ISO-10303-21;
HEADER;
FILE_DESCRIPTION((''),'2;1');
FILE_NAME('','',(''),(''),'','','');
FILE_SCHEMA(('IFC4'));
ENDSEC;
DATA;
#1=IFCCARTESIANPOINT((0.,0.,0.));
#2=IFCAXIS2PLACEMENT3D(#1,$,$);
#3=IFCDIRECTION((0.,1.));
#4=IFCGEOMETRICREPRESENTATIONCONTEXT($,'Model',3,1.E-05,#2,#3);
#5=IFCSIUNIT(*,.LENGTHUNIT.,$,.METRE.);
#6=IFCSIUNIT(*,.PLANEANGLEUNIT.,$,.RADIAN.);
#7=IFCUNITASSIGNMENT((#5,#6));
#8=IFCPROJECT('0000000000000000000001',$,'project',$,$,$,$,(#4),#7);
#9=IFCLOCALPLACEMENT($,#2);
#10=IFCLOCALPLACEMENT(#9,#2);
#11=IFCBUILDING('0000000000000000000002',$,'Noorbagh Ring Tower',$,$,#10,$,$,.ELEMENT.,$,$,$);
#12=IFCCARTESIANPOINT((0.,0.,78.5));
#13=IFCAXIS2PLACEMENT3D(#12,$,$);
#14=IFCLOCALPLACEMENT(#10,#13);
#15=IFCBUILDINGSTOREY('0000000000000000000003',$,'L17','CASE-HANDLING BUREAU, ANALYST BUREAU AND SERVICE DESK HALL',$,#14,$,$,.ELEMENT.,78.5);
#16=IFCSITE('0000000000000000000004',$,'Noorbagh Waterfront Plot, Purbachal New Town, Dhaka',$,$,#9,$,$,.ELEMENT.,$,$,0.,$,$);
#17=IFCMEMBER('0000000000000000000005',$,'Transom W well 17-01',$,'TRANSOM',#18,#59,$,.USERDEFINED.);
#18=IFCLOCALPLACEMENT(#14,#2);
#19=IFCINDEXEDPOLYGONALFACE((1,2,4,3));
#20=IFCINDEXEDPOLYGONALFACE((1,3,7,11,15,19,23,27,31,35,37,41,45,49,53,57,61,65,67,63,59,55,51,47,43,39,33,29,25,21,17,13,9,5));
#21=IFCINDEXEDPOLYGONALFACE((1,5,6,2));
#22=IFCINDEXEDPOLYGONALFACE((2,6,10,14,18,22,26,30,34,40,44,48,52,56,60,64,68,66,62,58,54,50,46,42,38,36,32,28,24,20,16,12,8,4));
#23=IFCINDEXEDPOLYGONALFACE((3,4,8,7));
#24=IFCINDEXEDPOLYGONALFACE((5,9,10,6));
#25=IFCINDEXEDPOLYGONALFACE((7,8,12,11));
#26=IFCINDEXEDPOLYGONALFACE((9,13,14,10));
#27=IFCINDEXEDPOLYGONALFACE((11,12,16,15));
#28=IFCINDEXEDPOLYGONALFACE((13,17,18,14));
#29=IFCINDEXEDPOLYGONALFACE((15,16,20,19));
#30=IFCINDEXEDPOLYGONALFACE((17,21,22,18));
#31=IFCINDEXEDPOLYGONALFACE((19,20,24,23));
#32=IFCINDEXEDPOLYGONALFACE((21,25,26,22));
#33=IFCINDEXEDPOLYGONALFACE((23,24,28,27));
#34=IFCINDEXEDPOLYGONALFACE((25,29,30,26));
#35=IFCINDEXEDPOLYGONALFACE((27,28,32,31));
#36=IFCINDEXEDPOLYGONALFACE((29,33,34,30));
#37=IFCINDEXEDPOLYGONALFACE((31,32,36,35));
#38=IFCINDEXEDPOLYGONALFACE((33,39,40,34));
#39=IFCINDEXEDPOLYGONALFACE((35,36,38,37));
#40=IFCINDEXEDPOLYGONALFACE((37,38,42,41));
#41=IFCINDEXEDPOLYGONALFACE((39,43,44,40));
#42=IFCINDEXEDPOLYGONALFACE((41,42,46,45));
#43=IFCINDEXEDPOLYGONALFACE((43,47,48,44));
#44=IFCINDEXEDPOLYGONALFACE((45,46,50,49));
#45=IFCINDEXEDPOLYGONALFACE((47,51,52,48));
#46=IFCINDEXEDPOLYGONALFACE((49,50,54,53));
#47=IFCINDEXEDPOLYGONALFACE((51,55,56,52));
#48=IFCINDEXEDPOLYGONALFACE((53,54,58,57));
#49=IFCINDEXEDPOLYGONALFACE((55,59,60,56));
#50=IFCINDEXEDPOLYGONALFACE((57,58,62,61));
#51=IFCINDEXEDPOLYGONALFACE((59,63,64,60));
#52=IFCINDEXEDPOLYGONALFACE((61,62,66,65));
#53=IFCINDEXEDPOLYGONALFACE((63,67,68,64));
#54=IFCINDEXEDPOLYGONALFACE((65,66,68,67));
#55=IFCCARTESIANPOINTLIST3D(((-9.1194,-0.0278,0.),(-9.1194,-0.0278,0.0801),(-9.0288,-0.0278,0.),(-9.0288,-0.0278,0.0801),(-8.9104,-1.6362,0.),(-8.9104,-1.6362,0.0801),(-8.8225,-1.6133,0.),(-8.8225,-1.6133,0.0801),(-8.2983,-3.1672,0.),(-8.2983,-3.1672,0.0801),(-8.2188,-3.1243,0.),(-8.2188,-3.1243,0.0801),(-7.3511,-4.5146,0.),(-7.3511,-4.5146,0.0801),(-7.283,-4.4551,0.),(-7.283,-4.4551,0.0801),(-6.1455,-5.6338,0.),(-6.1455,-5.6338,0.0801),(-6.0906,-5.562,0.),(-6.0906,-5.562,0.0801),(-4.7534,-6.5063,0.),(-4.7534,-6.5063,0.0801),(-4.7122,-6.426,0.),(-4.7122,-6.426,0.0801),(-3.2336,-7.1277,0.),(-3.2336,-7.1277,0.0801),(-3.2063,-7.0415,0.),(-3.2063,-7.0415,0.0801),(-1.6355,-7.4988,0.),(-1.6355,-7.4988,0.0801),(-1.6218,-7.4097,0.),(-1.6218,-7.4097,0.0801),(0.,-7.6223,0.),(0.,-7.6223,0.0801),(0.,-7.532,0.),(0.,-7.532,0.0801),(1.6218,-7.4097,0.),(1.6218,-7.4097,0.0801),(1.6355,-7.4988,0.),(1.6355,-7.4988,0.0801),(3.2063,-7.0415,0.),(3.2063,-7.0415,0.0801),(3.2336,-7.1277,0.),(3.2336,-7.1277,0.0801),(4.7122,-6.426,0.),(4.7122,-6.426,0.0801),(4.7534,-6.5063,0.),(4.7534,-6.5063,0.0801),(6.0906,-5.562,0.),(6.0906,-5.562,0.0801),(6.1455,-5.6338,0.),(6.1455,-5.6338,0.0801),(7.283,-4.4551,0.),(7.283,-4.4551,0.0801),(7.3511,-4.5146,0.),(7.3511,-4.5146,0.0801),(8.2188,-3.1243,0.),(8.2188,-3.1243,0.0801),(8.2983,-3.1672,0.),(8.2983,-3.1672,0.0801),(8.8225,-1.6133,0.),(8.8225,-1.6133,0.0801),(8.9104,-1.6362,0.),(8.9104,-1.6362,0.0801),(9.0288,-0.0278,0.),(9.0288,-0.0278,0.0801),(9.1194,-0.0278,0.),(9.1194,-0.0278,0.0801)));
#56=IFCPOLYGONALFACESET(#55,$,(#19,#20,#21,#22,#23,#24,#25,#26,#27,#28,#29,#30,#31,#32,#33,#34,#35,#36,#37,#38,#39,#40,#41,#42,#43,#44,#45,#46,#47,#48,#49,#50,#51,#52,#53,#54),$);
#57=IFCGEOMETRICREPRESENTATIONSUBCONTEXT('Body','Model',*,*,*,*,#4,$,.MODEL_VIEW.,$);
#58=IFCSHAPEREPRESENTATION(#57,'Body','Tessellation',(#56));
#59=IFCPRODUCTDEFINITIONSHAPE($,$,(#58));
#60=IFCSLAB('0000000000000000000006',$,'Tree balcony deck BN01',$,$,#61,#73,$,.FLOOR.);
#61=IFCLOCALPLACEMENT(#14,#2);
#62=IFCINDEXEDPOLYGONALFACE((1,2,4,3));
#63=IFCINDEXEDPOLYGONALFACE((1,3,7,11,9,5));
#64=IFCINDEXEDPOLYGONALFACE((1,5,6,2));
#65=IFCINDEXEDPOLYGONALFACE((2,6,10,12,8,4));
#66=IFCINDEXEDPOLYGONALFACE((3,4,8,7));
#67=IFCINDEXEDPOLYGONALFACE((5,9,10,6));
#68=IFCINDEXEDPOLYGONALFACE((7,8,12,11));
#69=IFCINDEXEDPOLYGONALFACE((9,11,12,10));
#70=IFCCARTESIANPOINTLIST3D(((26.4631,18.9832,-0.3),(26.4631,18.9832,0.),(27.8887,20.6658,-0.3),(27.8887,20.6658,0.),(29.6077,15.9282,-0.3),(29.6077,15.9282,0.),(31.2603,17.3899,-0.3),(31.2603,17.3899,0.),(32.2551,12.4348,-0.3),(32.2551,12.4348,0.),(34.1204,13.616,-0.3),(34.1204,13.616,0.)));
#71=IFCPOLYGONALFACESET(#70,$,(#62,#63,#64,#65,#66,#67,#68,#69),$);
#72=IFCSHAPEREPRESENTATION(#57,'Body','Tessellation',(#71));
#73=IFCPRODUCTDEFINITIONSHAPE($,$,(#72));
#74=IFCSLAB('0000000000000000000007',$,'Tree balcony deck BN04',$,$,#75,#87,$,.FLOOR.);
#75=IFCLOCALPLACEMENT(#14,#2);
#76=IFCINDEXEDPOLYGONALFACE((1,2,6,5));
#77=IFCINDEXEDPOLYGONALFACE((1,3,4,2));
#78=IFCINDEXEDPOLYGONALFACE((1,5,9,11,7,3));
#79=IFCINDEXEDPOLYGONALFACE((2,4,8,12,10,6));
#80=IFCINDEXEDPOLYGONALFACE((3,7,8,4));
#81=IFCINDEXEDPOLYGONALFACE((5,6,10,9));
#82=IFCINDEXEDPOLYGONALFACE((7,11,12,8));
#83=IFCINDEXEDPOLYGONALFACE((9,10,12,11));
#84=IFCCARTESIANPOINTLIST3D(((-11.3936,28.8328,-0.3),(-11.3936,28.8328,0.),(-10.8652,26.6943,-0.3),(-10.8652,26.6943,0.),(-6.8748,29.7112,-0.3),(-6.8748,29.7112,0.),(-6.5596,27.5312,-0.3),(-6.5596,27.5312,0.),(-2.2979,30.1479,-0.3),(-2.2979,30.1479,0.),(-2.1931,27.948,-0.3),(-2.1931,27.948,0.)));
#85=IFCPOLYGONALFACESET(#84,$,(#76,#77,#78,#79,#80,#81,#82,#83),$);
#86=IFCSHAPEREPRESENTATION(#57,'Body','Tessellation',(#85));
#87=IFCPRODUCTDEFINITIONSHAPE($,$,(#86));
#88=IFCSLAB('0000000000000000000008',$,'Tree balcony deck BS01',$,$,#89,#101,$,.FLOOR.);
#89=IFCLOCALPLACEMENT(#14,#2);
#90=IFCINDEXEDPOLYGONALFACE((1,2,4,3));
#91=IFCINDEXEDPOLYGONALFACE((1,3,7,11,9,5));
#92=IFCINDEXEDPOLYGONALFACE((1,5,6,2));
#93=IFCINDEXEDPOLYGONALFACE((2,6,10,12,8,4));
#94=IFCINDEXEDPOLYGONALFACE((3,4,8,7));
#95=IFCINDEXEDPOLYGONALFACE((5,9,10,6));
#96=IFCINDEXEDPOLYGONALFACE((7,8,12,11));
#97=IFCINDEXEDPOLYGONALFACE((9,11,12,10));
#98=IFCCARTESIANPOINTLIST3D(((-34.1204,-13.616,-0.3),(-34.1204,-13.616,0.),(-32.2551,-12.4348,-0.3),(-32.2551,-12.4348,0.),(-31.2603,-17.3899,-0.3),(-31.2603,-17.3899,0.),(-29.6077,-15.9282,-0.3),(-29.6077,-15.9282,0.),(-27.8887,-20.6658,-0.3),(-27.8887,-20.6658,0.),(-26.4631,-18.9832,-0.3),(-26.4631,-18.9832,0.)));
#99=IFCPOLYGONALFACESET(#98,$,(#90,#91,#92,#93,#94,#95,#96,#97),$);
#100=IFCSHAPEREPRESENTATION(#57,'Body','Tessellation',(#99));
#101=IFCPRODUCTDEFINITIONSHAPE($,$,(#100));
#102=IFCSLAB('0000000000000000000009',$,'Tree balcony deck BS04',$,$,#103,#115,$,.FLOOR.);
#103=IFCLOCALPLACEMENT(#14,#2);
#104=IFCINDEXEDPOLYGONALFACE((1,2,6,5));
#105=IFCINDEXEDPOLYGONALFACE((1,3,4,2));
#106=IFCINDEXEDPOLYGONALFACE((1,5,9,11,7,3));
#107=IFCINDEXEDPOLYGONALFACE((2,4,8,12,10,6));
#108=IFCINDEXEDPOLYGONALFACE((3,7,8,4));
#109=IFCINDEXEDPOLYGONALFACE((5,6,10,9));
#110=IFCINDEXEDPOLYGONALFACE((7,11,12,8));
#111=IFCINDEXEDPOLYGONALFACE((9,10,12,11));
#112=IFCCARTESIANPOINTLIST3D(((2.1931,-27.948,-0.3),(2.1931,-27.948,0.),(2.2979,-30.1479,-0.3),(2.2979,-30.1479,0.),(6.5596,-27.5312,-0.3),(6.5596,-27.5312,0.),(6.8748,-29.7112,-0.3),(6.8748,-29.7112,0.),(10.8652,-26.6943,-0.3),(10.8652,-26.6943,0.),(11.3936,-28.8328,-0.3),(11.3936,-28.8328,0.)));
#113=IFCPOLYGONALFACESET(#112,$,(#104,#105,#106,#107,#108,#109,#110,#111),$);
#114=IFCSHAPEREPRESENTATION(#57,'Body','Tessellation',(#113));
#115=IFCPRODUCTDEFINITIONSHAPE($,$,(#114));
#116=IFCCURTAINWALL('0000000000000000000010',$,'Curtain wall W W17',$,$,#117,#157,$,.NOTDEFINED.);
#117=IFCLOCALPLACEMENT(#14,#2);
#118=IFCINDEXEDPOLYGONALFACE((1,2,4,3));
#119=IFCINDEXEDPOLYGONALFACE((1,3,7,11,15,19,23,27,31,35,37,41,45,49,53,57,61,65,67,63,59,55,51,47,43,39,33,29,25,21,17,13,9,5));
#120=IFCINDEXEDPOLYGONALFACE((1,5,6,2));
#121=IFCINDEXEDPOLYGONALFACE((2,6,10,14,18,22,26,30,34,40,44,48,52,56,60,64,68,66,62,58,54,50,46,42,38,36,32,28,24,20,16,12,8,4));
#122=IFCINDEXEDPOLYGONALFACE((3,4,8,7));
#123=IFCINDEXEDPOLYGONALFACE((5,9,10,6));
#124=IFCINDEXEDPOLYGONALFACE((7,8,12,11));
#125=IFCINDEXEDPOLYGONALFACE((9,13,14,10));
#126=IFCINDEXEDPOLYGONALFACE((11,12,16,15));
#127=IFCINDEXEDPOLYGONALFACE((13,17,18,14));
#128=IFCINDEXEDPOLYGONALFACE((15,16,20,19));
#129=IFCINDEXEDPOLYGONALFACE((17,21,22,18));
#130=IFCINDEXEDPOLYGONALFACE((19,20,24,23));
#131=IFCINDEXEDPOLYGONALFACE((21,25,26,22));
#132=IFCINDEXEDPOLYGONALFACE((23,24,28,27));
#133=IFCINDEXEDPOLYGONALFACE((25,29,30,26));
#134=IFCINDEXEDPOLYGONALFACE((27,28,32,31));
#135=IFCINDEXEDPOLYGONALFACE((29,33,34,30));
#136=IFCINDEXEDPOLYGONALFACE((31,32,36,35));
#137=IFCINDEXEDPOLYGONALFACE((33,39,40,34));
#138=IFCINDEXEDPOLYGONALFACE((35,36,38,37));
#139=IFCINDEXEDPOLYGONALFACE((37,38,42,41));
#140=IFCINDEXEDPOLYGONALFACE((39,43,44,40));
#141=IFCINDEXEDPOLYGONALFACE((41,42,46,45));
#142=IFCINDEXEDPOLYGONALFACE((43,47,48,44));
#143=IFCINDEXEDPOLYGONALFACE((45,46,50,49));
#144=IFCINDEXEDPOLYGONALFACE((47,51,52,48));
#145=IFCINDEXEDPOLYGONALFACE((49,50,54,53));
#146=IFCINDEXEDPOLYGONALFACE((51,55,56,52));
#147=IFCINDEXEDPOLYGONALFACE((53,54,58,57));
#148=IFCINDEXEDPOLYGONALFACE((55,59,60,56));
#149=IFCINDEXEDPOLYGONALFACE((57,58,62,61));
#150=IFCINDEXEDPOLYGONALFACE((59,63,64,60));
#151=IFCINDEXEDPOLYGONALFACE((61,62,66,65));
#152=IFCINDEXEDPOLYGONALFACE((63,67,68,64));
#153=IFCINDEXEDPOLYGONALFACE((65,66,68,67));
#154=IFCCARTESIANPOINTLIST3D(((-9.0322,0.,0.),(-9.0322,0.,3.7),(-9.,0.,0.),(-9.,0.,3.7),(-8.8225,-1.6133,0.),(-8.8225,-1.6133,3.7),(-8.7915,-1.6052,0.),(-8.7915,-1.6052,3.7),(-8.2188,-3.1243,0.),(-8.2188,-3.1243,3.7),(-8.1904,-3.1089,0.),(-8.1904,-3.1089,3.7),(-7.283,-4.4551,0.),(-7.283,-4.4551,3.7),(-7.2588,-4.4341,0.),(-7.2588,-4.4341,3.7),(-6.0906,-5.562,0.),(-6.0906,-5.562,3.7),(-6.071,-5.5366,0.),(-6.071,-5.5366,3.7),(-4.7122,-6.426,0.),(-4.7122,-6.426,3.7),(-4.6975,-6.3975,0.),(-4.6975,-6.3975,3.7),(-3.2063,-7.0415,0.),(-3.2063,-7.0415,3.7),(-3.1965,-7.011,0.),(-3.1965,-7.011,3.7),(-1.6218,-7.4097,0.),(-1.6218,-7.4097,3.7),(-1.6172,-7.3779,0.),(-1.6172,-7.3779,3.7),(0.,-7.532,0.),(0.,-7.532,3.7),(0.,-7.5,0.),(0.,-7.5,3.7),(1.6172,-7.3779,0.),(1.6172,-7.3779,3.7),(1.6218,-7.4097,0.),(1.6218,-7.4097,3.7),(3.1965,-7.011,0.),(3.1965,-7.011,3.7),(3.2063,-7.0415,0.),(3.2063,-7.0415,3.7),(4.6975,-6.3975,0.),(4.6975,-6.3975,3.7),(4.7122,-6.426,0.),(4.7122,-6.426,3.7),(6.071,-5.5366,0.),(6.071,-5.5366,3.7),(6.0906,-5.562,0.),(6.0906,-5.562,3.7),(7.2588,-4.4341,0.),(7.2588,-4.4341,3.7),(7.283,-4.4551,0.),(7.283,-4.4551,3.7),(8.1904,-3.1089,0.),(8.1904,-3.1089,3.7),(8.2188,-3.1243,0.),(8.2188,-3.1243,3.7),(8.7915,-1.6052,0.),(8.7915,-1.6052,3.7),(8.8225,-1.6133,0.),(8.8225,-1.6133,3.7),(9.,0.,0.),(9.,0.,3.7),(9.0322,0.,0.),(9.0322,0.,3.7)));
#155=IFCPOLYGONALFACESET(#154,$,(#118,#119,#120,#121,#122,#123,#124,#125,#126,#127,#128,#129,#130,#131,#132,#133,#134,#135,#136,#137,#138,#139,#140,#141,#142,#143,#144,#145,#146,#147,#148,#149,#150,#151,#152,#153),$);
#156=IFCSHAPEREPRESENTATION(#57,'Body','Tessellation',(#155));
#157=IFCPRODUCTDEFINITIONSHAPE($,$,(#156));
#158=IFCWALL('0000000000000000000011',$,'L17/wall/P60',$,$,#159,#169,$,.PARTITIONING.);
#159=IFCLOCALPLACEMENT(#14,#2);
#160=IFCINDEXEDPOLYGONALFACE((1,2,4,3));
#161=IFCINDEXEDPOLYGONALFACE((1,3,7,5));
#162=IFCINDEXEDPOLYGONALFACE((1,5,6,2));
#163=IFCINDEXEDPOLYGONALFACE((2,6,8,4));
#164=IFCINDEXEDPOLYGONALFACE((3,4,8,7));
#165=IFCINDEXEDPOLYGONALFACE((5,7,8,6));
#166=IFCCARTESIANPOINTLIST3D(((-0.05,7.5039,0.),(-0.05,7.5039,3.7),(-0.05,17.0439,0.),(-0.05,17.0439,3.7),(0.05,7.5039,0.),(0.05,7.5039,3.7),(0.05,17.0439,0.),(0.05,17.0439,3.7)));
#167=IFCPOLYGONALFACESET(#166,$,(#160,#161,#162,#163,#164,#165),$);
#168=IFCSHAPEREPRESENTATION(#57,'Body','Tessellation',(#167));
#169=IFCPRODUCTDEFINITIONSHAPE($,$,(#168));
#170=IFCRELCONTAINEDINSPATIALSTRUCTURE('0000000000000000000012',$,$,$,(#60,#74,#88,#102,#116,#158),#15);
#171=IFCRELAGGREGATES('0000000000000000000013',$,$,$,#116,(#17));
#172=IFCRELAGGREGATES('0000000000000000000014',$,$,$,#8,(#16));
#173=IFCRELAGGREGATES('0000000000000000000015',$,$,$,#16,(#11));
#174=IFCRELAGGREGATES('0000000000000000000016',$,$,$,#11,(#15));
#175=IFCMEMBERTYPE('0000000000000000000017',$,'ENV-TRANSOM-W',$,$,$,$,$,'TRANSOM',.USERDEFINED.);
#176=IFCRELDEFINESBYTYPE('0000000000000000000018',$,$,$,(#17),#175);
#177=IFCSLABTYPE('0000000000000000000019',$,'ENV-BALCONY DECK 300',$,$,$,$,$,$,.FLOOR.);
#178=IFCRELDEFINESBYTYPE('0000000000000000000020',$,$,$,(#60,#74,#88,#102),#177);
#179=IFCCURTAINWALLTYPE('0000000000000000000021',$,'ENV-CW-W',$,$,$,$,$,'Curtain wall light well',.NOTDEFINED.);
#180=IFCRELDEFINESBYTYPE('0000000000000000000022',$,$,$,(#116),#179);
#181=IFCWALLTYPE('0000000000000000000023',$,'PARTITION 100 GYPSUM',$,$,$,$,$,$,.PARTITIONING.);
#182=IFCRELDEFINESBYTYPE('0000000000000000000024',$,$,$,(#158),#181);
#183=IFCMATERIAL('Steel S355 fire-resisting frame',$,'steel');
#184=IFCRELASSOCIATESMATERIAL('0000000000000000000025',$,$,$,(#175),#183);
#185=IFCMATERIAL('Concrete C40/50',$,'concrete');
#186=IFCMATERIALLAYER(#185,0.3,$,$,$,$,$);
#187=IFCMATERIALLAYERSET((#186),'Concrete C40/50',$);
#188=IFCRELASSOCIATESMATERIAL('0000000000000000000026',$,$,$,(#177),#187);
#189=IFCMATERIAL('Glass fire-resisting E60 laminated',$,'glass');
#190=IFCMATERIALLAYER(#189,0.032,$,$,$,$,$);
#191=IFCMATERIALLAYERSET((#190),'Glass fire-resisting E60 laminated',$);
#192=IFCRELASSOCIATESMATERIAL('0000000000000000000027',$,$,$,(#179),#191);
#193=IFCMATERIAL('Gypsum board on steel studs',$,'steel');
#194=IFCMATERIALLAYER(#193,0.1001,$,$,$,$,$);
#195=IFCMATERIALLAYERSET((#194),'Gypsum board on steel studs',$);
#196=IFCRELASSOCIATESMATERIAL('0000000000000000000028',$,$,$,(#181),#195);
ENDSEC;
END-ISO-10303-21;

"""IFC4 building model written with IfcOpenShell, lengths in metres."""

from ifc_helpers import new_model, si_unit, direction, frame, frame_2d, origin, place, context, subcontext, project, spatial, polyline, rectangle, outline, extrude, material, layer, layer_set, type_object, element, aggregate, save


model = new_model("IFC4")

# Units and contexts
model_context = context("Model", 3, precision=1e-05, world=origin(), true_north=direction((0.0, 1.0)))
body_context = subcontext(model_context, "Body", "Model", "MODEL_VIEW")
ifc_project = project(units=[si_unit("LENGTHUNIT", "METRE"), si_unit("PLANEANGLEUNIT", "RADIAN")], contexts=[model_context])

# Member
site_placement = place(None, origin())
building_placement = place(site_placement, origin())
storey_placement = place(building_placement, frame((0.0, 0.0, 78.5)))
ifc_material_1 = material(Name="Steel S355 fire-resisting frame", Category="steel")
member_type_1 = type_object("IfcMemberType", Name="ENV-TRANSOM-W", ElementType="TRANSOM", PredefinedType="USERDEFINED", material=ifc_material_1)
member_1_placement = place(storey_placement, origin())
member_1 = element("IfcMember", 1, at=member_1_placement, type_object=member_type_1, Name="Transom W well 17-01", ObjectType="TRANSOM", PredefinedType="USERDEFINED", context=body_context, shape_type="SweptSolid", body=[
    extrude(outline(polyline([(-9.1194, -0.0278), (-8.9104, -1.6362), (-8.2983, -3.1672), (-7.3511, -4.5146), (-6.1455, -5.6338), (-4.7534, -6.5063), (-3.2336, -7.1277), (-1.6355, -7.4988), (0.0, -7.6223), (1.6355, -7.4988), (3.2336, -7.1277), (4.7534, -6.5063), (6.1455, -5.6338), (7.3511, -4.5146), (8.2983, -3.1672), (8.9104, -1.6362), (9.1194, -0.0278), (9.0288, -0.0278), (8.8225, -1.6133), (8.2188, -3.1243), (7.283, -4.4551), (6.0906, -5.562), (4.7122, -6.426), (3.2063, -7.0415), (1.6218, -7.4097), (0.0, -7.532), (-1.6218, -7.4097), (-3.2063, -7.0415), (-4.7122, -6.426), (-6.0906, -5.562), (-7.283, -4.4551), (-8.2188, -3.1243), (-8.8225, -1.6133), (-9.0288, -0.0278), (-9.1194, -0.0278)])), origin(), (0.0, 0.0, 1.0), 0.0801),
])

# Site, building, storey
site = spatial("IfcSite", under=ifc_project, at=site_placement, Name="Noorbagh Waterfront Plot, Purbachal New Town, Dhaka", CompositionType="ELEMENT", RefElevation=0.0)
building = spatial("IfcBuilding", under=site, at=building_placement, Name="Noorbagh Ring Tower", CompositionType="ELEMENT")
storey = spatial("IfcBuildingStorey", under=building, at=storey_placement, Name="L17", Description="CASE-HANDLING BUREAU, ANALYST BUREAU AND SERVICE DESK HALL", CompositionType="ELEMENT", Elevation=78.5)

# Slabs
ifc_material_2 = material(Name="Concrete C40/50", Category="concrete")
ifc_layer_1 = layer(ifc_material_2, 0.3)
ifc_layer_set_1 = layer_set([ifc_layer_1], Name="Concrete C40/50")
slab_type = type_object("IfcSlabType", Name="ENV-BALCONY DECK 300", PredefinedType="FLOOR", material=ifc_layer_set_1)
slab_1_placement = place(storey_placement, frame((0.0, 0.0, -0.3)))
element("IfcSlab", 2, at=slab_1_placement, inside=storey, type_object=slab_type, Name="Tree balcony deck BN01", PredefinedType="FLOOR", context=body_context, shape_type="SweptSolid", body=[
    extrude(outline(polyline([(34.1204, 13.616), (31.2603, 17.3899), (27.8887, 20.6658), (26.4631, 18.9832), (29.6077, 15.9282), (32.2551, 12.4348), (34.1204, 13.616)])), origin(), (0.0, 0.0, 1.0), 0.3),
])
slab_2_placement = place(storey_placement, frame((0.0, 0.0, -0.3)))
element("IfcSlab", 3, at=slab_2_placement, inside=storey, type_object=slab_type, Name="Tree balcony deck BN04", PredefinedType="FLOOR", context=body_context, shape_type="SweptSolid", body=[
    extrude(outline(polyline([(-2.2979, 30.1479), (-6.8748, 29.7112), (-11.3936, 28.8328), (-10.8652, 26.6943), (-6.5596, 27.5312), (-2.1931, 27.948), (-2.2979, 30.1479)])), origin(), (0.0, 0.0, 1.0), 0.3),
])
slab_3_placement = place(storey_placement, frame((0.0, 0.0, -0.3)))
element("IfcSlab", 4, at=slab_3_placement, inside=storey, type_object=slab_type, Name="Tree balcony deck BS01", PredefinedType="FLOOR", context=body_context, shape_type="SweptSolid", body=[
    extrude(outline(polyline([(-34.1204, -13.616), (-31.2603, -17.3899), (-27.8887, -20.6658), (-26.4631, -18.9832), (-29.6077, -15.9282), (-32.2551, -12.4348), (-34.1204, -13.616)])), origin(), (0.0, 0.0, 1.0), 0.3),
])
slab_4_placement = place(storey_placement, frame((0.0, 0.0, -0.3)))
element("IfcSlab", 5, at=slab_4_placement, inside=storey, type_object=slab_type, Name="Tree balcony deck BS04", PredefinedType="FLOOR", context=body_context, shape_type="SweptSolid", body=[
    extrude(outline(polyline([(2.2979, -30.1479), (6.8748, -29.7112), (11.3936, -28.8328), (10.8652, -26.6943), (6.5596, -27.5312), (2.1931, -27.948), (2.2979, -30.1479)])), origin(), (0.0, 0.0, 1.0), 0.3),
])

# Curtain wall
ifc_material_3 = material(Name="Glass fire-resisting E60 laminated", Category="glass")
ifc_layer_2 = layer(ifc_material_3, 0.032)
ifc_layer_set_2 = layer_set([ifc_layer_2], Name="Glass fire-resisting E60 laminated")
curtain_wall_type_1 = type_object("IfcCurtainWallType", Name="ENV-CW-W", ElementType="Curtain wall light well", PredefinedType="NOTDEFINED", material=ifc_layer_set_2)
curtain_wall_1_placement = place(storey_placement, origin())
curtain_wall_1 = element("IfcCurtainWall", 6, at=curtain_wall_1_placement, inside=storey, type_object=curtain_wall_type_1, Name="Curtain wall W W17", PredefinedType="NOTDEFINED", context=body_context, shape_type="SweptSolid", body=[
    extrude(outline(polyline([(-9.0322, 0.0), (-8.8225, -1.6133), (-8.2188, -3.1243), (-7.283, -4.4551), (-6.0906, -5.562), (-4.7122, -6.426), (-3.2063, -7.0415), (-1.6218, -7.4097), (0.0, -7.532), (1.6218, -7.4097), (3.2063, -7.0415), (4.7122, -6.426), (6.0906, -5.562), (7.283, -4.4551), (8.2188, -3.1243), (8.8225, -1.6133), (9.0322, 0.0), (9.0, 0.0), (8.7915, -1.6052), (8.1904, -3.1089), (7.2588, -4.4341), (6.071, -5.5366), (4.6975, -6.3975), (3.1965, -7.011), (1.6172, -7.3779), (0.0, -7.5), (-1.6172, -7.3779), (-3.1965, -7.011), (-4.6975, -6.3975), (-6.071, -5.5366), (-7.2588, -4.4341), (-8.1904, -3.1089), (-8.7915, -1.6052), (-9.0, 0.0), (-9.0322, 0.0)])), origin(), (0.0, 0.0, 1.0), 3.7),
])
aggregate(curtain_wall_1, [member_1])

# Wall
ifc_material_4 = material(Name="Gypsum board on steel studs", Category="steel")
ifc_layer_3 = layer(ifc_material_4, 0.1001)
ifc_layer_set_3 = layer_set([ifc_layer_3], Name="Gypsum board on steel studs")
wall_type = type_object("IfcWallType", Name="PARTITION 100 GYPSUM", PredefinedType="PARTITIONING", material=ifc_layer_set_3)
wall_placement = place(storey_placement, frame((0.0, 7.5039, 0.0), z_axis=(0.0, 0.0, 1.0), x_axis=(0.0, 1.0, 0.0)))
element("IfcWall", 7, at=wall_placement, inside=storey, type_object=wall_type, Name="L17/wall/P60", PredefinedType="PARTITIONING", context=body_context, shape_type="SweptSolid", body=[
    extrude(rectangle(XDim=9.54, YDim=0.1001, at=frame_2d((4.77, 0.0))), origin(), (0.0, 0.0, 1.0), 3.7),
])

save(model, "model.ifc")
